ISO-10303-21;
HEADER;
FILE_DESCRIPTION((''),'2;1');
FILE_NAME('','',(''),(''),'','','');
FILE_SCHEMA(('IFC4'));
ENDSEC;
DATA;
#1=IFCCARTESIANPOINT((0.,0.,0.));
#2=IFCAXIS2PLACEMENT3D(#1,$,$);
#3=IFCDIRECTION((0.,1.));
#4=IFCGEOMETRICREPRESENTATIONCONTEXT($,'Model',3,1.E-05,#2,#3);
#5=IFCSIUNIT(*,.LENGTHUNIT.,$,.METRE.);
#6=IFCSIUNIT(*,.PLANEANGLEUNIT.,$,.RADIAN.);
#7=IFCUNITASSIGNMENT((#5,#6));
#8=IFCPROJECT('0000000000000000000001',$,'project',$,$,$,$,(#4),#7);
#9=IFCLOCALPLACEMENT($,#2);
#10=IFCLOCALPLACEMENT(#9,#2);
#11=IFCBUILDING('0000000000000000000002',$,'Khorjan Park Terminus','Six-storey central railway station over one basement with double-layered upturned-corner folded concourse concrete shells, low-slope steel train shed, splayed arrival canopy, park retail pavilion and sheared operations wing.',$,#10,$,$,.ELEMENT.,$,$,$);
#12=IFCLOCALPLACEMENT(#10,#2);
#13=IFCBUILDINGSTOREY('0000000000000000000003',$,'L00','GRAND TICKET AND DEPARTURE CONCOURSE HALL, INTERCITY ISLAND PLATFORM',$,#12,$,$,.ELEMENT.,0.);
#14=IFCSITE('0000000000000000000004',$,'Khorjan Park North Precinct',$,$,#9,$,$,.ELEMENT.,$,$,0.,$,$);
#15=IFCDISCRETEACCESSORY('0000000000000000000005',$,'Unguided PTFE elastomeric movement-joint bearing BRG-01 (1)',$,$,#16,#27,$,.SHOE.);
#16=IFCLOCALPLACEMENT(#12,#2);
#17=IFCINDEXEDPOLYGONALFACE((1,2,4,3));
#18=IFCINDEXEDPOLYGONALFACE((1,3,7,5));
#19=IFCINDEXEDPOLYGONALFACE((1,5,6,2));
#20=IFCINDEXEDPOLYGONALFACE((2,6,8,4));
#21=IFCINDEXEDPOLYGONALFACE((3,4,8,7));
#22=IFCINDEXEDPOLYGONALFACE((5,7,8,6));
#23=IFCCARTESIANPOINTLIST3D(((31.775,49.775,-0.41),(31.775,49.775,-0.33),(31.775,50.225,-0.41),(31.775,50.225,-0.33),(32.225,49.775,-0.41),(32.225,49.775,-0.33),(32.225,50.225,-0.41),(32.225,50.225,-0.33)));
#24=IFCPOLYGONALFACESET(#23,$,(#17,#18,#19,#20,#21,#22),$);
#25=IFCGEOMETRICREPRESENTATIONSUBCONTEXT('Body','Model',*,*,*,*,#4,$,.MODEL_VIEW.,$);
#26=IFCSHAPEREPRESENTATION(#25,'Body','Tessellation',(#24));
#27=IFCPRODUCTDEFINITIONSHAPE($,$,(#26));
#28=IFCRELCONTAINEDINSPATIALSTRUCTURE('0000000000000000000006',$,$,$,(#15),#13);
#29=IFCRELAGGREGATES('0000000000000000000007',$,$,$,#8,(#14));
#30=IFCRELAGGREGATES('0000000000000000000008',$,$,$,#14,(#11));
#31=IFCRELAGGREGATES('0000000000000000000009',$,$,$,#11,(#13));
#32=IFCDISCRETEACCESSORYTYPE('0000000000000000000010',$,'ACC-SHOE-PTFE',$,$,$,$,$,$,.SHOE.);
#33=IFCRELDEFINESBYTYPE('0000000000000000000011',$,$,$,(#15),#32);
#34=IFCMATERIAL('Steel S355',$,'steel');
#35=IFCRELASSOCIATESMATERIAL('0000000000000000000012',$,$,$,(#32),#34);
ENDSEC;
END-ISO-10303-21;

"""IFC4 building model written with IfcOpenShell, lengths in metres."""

from ifc_helpers import new_model, si_unit, direction, frame, origin, origin_2d, place, context, subcontext, project, spatial, rectangle, extrude, material, type_object, element, save


model = new_model("IFC4")

# Units and contexts
model_context = context("Model", 3, precision=1e-05, world=origin(), true_north=direction((0.0, 1.0)))
body_context = subcontext(model_context, "Body", "Model", "MODEL_VIEW")
ifc_project = project(units=[si_unit("LENGTHUNIT", "METRE"), si_unit("PLANEANGLEUNIT", "RADIAN")], contexts=[model_context])

# Site, building, storey
site_placement = place(None, origin())
site = spatial("IfcSite", under=ifc_project, at=site_placement, Name="Khorjan Park North Precinct", CompositionType="ELEMENT", RefElevation=0.0)
building_placement = place(site_placement, origin())
building = spatial("IfcBuilding", under=site, at=building_placement, Name="Khorjan Park Terminus", Description="Six-storey central railway station over one basement with double-layered upturned-corner folded concourse concrete shells, low-slope steel train shed, splayed arrival canopy, park retail pavilion and sheared operations wing.", CompositionType="ELEMENT")
storey_placement = place(building_placement, origin())
storey = spatial("IfcBuildingStorey", under=building, at=storey_placement, Name="L00", Description="GRAND TICKET AND DEPARTURE CONCOURSE HALL, INTERCITY ISLAND PLATFORM", CompositionType="ELEMENT", Elevation=0.0)

# Discrete accessory
ifc_material_1 = material(Name="Steel S355", Category="steel")
discrete_accessory_type_1 = type_object("IfcDiscreteAccessoryType", Name="ACC-SHOE-PTFE", PredefinedType="SHOE", material=ifc_material_1)
discrete_accessory_1_placement = place(storey_placement, frame((32.0, 50.0, -0.41), z_axis=(0.0, 0.0, 1.0), x_axis=(1.0, 0.0, 0.0)))
element("IfcDiscreteAccessory", 1, at=discrete_accessory_1_placement, inside=storey, type_object=discrete_accessory_type_1, Name="Unguided PTFE elastomeric movement-joint bearing BRG-01 (1)", PredefinedType="SHOE", context=body_context, shape_type="SweptSolid", body=[
    extrude(rectangle(XDim=0.45, YDim=0.45, at=origin_2d()), origin(), (0.0, 0.0, 1.0), 0.08),
])

save(model, "model.ifc")
